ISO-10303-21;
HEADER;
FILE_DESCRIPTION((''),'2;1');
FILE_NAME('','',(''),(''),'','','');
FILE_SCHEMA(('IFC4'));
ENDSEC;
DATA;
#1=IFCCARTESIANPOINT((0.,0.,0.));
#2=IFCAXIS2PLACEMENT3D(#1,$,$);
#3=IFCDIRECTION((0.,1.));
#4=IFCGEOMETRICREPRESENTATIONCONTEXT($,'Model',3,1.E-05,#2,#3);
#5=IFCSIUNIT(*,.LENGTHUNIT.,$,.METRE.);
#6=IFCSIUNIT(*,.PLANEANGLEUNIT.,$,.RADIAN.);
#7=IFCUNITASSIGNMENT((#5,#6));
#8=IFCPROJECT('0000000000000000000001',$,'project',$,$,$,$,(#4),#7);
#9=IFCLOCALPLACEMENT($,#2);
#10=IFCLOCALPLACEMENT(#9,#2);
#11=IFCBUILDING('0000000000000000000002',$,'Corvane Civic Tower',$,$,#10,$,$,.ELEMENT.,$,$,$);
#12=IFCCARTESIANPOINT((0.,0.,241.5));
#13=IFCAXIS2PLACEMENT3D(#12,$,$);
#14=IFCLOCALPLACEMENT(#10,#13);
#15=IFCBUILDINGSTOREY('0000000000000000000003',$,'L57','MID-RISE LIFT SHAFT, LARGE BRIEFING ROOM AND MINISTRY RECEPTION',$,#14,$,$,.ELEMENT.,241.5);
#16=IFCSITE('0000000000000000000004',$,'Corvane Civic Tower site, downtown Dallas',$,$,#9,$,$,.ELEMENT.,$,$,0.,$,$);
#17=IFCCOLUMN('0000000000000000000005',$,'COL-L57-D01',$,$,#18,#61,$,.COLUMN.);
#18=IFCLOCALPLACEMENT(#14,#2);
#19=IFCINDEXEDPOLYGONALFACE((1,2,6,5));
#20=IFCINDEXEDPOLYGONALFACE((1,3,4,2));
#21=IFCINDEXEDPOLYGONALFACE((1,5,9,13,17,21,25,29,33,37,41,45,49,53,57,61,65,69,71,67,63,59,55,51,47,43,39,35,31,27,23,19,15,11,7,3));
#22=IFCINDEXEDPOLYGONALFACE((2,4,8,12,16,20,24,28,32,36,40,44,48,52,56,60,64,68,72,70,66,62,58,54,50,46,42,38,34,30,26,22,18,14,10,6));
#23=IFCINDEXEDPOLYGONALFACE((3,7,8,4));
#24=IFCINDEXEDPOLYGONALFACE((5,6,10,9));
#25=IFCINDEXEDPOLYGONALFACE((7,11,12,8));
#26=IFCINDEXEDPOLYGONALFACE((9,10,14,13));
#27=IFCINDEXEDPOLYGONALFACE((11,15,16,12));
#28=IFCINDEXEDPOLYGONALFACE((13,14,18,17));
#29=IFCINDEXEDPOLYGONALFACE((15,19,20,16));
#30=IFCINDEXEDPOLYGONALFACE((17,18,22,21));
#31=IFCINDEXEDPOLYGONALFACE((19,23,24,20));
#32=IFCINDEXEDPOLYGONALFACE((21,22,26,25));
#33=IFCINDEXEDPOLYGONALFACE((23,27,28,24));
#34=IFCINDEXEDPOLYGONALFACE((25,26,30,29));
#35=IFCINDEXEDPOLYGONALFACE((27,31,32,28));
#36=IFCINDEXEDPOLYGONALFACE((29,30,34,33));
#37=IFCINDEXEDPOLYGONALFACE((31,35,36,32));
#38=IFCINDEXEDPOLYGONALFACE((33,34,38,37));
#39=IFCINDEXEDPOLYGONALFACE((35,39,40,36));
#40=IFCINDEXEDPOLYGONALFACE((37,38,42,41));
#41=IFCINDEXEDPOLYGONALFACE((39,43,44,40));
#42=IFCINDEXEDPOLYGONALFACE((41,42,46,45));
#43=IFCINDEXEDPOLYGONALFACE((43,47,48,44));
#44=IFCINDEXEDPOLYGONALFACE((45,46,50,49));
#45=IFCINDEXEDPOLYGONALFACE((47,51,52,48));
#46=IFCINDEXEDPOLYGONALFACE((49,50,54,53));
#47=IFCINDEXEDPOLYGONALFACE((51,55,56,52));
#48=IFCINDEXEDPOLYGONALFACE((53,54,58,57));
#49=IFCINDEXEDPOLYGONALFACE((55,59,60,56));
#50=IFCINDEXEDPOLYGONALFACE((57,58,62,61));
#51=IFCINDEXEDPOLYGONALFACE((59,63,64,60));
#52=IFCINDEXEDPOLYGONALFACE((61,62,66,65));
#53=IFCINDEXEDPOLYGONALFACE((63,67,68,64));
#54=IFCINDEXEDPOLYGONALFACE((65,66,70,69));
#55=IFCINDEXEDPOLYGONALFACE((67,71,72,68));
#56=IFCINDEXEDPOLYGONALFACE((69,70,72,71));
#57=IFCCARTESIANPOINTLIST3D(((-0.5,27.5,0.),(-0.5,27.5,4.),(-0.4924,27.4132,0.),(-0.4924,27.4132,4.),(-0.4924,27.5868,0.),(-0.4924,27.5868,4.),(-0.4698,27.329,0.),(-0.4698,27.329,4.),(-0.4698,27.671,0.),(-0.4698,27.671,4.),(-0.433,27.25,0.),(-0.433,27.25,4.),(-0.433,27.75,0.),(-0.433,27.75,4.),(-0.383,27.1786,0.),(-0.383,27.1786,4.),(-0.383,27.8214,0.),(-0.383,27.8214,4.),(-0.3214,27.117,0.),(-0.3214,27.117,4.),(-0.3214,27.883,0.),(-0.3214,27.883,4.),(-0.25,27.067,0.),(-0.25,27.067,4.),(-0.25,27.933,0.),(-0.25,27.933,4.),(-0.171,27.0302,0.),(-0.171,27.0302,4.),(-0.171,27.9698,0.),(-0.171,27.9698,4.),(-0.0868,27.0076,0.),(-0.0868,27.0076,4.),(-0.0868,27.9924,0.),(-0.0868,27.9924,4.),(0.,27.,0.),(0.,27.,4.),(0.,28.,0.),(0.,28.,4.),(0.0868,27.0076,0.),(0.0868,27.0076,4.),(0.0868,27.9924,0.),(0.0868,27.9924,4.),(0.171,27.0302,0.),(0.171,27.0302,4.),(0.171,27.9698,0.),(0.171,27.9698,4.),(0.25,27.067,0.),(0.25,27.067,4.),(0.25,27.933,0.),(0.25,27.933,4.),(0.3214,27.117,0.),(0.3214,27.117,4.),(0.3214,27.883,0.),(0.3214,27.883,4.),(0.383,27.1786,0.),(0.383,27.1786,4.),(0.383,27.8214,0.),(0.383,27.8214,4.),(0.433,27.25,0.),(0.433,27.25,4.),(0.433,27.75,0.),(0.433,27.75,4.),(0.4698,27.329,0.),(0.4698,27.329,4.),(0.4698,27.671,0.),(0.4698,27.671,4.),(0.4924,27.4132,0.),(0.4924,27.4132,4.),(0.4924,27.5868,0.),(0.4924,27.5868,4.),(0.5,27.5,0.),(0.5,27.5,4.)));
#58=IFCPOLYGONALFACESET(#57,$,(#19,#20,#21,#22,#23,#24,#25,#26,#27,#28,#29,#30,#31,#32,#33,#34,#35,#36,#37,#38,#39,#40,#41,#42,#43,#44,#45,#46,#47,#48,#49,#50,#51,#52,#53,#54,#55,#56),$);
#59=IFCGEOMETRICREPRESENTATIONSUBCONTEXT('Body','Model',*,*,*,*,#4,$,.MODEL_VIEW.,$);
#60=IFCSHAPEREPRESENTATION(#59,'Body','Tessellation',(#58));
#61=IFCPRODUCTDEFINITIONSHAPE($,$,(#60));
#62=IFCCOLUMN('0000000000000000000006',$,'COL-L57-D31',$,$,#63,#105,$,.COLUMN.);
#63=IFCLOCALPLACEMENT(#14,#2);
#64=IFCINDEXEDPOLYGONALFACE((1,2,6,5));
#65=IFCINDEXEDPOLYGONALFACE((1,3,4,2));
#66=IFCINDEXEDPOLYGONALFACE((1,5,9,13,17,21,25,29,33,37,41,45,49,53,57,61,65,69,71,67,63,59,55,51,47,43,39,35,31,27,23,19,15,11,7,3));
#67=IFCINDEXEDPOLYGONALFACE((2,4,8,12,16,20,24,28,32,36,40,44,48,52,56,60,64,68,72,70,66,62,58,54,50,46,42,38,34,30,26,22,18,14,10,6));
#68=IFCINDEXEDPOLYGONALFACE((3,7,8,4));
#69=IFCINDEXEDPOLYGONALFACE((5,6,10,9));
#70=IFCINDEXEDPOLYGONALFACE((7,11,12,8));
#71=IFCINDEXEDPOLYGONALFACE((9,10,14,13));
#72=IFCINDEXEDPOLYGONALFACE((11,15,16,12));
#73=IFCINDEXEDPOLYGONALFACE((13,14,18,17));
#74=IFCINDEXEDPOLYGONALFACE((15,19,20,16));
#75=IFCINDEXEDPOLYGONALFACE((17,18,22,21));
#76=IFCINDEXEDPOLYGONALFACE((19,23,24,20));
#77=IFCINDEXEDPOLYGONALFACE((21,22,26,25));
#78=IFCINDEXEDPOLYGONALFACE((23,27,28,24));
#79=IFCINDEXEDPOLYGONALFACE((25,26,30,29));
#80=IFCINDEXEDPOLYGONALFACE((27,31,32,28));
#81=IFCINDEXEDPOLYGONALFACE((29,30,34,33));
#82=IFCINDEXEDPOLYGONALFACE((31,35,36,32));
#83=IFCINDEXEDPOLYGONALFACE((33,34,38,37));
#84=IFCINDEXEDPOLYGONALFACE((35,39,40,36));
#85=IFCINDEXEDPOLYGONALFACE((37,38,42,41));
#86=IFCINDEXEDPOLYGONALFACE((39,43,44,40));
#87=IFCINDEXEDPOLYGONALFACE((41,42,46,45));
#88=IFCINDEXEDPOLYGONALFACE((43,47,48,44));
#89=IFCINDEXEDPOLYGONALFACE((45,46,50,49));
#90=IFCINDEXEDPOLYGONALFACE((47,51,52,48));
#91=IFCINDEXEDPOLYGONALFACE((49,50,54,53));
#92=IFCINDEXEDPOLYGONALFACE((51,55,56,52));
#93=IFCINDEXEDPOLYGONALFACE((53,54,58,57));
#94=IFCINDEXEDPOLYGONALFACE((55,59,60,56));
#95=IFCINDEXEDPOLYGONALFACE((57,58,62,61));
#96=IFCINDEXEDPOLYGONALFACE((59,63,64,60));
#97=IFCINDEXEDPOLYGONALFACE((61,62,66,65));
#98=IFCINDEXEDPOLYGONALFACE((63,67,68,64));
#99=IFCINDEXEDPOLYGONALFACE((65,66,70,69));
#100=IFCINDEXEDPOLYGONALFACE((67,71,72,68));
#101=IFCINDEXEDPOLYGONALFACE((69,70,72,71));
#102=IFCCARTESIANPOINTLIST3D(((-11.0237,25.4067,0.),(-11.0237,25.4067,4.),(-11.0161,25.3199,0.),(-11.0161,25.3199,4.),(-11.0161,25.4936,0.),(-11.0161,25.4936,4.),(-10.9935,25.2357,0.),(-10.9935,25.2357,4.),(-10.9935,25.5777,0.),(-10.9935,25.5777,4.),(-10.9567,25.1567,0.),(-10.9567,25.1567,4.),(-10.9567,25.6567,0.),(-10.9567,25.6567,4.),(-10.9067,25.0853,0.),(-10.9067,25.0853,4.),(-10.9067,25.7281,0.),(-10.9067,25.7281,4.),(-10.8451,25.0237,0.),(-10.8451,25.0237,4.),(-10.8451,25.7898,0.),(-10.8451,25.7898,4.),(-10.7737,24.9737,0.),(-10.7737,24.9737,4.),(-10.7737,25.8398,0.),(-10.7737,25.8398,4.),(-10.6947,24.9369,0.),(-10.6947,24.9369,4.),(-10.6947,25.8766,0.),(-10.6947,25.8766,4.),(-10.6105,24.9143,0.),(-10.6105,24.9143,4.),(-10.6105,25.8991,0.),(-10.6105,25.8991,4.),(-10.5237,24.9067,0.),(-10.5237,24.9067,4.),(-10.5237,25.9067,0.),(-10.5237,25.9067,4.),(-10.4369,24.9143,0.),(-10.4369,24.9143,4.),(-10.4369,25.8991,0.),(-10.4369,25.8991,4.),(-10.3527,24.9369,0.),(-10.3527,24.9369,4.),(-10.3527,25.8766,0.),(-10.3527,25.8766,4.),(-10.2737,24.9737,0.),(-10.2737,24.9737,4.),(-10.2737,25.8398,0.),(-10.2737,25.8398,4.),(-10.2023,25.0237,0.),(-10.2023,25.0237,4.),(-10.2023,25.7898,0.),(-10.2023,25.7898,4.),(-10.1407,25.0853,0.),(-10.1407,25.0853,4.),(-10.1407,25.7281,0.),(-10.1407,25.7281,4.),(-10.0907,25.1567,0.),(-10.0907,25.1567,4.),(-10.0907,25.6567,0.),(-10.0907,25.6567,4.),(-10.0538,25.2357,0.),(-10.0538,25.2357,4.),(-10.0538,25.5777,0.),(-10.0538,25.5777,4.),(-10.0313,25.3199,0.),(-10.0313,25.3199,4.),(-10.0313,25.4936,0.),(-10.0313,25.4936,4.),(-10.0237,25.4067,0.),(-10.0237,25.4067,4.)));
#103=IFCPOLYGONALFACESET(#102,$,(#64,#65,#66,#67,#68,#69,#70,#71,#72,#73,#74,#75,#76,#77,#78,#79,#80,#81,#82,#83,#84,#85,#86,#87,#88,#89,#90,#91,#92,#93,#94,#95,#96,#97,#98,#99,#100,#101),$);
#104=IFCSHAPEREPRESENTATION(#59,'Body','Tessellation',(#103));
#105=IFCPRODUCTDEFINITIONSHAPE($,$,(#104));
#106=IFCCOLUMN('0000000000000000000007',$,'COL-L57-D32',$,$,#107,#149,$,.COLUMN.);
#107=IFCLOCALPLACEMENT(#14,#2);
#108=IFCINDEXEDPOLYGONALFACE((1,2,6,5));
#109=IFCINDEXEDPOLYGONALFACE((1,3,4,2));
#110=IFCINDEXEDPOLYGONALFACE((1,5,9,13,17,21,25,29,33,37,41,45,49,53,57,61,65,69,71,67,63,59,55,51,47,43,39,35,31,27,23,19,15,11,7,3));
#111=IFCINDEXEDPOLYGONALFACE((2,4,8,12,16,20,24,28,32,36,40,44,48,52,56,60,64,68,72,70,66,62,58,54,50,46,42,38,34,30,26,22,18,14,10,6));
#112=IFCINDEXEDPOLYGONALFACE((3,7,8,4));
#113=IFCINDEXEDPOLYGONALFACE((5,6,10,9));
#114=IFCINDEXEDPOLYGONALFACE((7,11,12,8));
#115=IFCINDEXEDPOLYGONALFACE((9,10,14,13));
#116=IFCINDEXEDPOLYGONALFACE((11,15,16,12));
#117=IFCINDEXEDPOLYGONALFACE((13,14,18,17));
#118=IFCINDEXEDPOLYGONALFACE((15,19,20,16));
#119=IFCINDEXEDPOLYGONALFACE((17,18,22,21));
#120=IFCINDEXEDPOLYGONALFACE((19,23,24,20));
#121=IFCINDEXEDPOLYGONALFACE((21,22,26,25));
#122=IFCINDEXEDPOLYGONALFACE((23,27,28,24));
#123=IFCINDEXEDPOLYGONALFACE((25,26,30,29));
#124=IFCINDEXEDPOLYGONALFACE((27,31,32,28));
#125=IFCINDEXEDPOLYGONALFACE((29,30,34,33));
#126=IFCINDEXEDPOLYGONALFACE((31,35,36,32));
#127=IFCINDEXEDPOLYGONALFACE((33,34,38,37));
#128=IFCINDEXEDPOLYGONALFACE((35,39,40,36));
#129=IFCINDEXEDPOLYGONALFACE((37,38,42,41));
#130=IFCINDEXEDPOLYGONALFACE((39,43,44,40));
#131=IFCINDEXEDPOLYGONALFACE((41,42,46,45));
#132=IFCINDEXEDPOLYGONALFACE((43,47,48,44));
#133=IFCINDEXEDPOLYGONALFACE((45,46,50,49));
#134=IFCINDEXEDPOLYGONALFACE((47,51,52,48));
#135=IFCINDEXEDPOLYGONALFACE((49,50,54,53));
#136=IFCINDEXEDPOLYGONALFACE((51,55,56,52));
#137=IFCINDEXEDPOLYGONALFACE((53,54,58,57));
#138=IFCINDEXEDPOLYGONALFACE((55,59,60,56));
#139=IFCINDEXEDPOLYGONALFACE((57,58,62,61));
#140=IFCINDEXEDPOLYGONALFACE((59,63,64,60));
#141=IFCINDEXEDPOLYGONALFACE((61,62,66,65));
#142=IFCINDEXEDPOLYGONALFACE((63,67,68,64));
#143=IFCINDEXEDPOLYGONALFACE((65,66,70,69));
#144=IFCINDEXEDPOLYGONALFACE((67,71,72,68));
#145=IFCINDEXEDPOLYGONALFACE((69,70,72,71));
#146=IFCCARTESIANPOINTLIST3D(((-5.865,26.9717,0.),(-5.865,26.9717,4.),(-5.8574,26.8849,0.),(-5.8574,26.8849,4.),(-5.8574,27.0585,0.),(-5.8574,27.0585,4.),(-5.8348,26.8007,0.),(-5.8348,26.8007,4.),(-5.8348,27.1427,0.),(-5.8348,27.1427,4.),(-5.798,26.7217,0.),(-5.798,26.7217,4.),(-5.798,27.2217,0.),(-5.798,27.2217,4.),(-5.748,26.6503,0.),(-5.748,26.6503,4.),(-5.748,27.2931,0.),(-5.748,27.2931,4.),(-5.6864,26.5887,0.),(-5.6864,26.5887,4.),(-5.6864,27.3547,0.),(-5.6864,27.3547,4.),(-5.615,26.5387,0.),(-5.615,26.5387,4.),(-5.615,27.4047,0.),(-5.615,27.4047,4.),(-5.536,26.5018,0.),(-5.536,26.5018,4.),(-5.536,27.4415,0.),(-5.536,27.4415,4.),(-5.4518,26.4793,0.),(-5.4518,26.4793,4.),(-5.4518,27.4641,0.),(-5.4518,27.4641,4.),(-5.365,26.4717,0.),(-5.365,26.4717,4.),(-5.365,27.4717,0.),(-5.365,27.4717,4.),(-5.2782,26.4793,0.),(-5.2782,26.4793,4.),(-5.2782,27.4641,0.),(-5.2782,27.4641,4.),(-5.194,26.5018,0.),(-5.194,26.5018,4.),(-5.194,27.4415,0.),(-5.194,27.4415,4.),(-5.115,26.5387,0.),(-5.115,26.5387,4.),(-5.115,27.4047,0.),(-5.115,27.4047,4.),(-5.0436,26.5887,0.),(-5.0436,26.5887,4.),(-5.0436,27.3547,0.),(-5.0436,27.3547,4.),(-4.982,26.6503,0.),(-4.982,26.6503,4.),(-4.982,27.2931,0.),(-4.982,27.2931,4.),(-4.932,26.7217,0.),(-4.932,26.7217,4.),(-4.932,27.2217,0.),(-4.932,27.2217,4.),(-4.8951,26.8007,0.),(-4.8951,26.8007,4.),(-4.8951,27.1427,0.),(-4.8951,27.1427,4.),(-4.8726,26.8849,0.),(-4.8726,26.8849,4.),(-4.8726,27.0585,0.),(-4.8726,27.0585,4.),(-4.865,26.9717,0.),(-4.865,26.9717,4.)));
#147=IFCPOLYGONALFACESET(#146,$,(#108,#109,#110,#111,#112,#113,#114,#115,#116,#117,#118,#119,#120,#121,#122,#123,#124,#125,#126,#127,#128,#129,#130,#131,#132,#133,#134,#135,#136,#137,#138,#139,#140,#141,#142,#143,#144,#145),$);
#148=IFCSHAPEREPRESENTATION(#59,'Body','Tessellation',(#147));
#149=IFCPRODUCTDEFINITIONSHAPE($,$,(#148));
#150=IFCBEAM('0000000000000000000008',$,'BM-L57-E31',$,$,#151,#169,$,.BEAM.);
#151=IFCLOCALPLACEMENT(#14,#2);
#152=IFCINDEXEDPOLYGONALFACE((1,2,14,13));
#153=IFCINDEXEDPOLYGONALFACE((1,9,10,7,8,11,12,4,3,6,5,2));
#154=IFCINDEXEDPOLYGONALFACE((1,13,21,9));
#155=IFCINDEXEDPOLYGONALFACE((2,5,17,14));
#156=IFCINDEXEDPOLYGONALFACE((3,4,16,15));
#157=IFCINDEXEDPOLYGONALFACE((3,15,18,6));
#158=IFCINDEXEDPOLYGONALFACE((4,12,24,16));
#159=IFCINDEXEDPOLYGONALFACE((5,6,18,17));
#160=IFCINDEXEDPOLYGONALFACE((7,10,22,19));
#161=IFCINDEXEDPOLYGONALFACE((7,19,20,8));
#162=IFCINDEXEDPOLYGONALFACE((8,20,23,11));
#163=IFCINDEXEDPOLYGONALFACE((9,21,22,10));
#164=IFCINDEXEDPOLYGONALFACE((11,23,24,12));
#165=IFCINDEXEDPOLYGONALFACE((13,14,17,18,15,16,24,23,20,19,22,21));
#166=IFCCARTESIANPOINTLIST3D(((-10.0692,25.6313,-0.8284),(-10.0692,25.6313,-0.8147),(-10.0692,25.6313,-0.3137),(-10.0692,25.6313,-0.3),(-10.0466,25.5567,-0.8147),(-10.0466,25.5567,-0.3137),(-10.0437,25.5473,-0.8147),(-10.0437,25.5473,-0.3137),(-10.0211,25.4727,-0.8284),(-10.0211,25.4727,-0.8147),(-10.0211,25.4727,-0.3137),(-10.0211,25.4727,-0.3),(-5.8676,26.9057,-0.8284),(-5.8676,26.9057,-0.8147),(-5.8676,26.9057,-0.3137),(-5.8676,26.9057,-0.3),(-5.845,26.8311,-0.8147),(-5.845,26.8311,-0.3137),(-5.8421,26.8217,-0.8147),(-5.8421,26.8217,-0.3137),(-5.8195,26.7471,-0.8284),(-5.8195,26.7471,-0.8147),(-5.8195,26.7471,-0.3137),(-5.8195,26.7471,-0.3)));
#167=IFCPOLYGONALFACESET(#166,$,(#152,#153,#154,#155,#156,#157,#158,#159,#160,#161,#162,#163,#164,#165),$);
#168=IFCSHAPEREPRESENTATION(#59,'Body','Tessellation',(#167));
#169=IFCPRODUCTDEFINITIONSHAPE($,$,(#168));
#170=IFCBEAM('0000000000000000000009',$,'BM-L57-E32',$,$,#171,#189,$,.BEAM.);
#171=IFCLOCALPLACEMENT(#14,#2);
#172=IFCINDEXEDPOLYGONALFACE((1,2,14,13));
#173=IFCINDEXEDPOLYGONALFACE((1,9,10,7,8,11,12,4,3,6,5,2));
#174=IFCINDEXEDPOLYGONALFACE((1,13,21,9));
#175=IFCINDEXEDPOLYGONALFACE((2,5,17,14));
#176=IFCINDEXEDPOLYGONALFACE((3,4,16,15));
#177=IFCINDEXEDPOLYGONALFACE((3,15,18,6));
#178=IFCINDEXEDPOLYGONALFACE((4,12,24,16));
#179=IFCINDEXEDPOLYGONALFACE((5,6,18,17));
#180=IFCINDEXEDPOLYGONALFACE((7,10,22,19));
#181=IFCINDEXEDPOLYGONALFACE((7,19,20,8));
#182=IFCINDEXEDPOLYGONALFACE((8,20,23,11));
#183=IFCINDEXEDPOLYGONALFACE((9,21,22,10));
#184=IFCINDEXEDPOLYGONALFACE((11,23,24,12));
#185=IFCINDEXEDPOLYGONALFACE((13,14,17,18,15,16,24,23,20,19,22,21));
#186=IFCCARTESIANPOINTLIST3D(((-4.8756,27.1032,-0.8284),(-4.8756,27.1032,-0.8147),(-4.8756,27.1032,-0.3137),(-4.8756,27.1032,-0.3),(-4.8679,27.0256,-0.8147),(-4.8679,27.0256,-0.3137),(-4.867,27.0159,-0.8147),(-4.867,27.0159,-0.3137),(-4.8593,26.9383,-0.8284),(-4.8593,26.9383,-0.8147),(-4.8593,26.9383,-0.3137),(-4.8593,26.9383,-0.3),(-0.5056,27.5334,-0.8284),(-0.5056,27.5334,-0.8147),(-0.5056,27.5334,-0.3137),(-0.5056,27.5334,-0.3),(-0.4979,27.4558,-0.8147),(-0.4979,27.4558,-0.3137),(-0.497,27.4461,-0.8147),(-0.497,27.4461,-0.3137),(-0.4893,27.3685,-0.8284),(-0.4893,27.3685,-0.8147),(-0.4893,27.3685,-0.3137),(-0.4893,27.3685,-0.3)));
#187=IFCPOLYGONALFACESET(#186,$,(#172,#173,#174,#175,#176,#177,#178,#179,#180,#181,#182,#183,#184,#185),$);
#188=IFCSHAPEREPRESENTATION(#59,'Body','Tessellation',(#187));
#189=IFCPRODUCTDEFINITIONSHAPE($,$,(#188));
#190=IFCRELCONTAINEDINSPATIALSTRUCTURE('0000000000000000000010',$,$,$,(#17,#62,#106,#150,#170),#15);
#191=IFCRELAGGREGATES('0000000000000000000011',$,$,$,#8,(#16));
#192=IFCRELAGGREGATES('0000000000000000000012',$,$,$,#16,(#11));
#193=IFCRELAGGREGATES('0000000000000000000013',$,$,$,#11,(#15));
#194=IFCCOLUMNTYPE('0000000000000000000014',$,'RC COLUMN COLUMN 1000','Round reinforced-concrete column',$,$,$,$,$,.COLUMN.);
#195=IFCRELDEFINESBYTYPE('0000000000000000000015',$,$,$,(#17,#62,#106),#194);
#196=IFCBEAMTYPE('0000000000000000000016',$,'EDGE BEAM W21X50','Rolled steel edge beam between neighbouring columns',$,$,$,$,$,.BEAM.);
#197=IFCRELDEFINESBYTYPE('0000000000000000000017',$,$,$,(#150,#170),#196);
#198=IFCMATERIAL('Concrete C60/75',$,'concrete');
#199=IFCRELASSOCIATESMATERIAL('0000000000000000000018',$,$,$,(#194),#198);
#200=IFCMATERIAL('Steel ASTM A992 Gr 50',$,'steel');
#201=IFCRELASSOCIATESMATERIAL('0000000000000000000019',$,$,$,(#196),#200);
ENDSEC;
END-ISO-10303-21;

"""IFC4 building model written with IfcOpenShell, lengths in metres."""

from ifc_helpers import new_model, si_unit, direction, frame, origin, origin_2d, place, context, subcontext, project, spatial, circle, i_section, extrude, material, material_profile, profile_set, type_object, element, save


model = new_model("IFC4")

# Units and contexts
model_context = context("Model", 3, precision=1e-05, world=origin(), true_north=direction((0.0, 1.0)))
body_context = subcontext(model_context, "Body", "Model", "MODEL_VIEW")
ifc_project = project(units=[si_unit("LENGTHUNIT", "METRE"), si_unit("PLANEANGLEUNIT", "RADIAN")], contexts=[model_context])

# Site, building, storey
site_placement = place(None, origin())
site = spatial("IfcSite", under=ifc_project, at=site_placement, Name="Corvane Civic Tower site, downtown Dallas", CompositionType="ELEMENT", RefElevation=0.0)
building_placement = place(site_placement, origin())
building = spatial("IfcBuilding", under=site, at=building_placement, Name="Corvane Civic Tower", CompositionType="ELEMENT")
storey_placement = place(building_placement, frame((0.0, 0.0, 241.5)))
storey = spatial("IfcBuildingStorey", under=building, at=storey_placement, Name="L57", Description="MID-RISE LIFT SHAFT, LARGE BRIEFING ROOM AND MINISTRY RECEPTION", CompositionType="ELEMENT", Elevation=241.5)

# Columns
ifc_material_1 = material(Name="Concrete C60/75", Category="concrete")
ifc_material_profile_1 = material_profile(ifc_material_1, circle(Radius=0.5, at=origin_2d()), Name="COLUMN 1000")
ifc_profile_set_1 = profile_set([ifc_material_profile_1], Name="Concrete C60/75")
column_type = type_object("IfcColumnType", Name="RC COLUMN COLUMN 1000", Description="Round reinforced-concrete column", PredefinedType="COLUMN", material=ifc_profile_set_1)
for number, where, z_axis, x_axis, name in (
    (1, (0.0, 27.5, 0.0), (0.0, 0.0, 1.0), (1.0, 0.0, 0.0), "COL-L57-D01"),
    (2, (-10.5237, 25.4067, 0.0), (0.0, 0.0, 1.0), (1.0, 0.0, 0.0), "COL-L57-D31"),
    (3, (-5.365, 26.9717, 0.0), (0.0, 0.0, 1.0), (1.0, 0.0, 0.0), "COL-L57-D32"),
):
    element("IfcColumn", number, at=place(storey_placement, frame(where, z_axis=z_axis, x_axis=x_axis)), inside=storey, type_object=column_type, Name=name, PredefinedType="COLUMN", context=body_context, shape_type="SweptSolid", body=[
        extrude(circle(Radius=0.5, at=origin_2d()), origin(), (0.0, 0.0, 1.0), 4.0),
    ])

# Beams
ifc_material_2 = material(Name="Steel ASTM A992 Gr 50", Category="steel")
ifc_material_profile_2 = material_profile(ifc_material_2, i_section(OverallWidth=0.1658, OverallDepth=0.5283, WebThickness=0.0098, FlangeThickness=0.0137, at=origin_2d()), Name="W21X50")
ifc_profile_set_2 = profile_set([ifc_material_profile_2], Name="Steel ASTM A992 Gr 50")
beam_type_1 = type_object("IfcBeamType", Name="EDGE BEAM W21X50", Description="Rolled steel edge beam between neighbouring columns", PredefinedType="BEAM", material=ifc_profile_set_2)
beam_1_placement = place(storey_placement, frame((-10.0452, 25.552, -0.5642), z_axis=(0.95695, 0.290254, 0.0), x_axis=(-0.290254, 0.95695, 0.0)))
element("IfcBeam", 4, at=beam_1_placement, inside=storey, type_object=beam_type_1, Name="BM-L57-E31", PredefinedType="BEAM", context=body_context, shape_type="SweptSolid", body=[
    extrude(i_section(OverallWidth=0.1658, OverallDepth=0.5283, WebThickness=0.0098, FlangeThickness=0.0137, at=origin_2d()), origin(), (0.0, 0.0, 1.0), 4.3906),
])
beam_2_placement = place(storey_placement, frame((-4.8674, 27.0208, -0.5642), z_axis=(0.99519, 0.097968, 0.0), x_axis=(-0.097968, 0.99519, 0.0)))
element("IfcBeam", 5, at=beam_2_placement, inside=storey, type_object=beam_type_1, Name="BM-L57-E32", PredefinedType="BEAM", context=body_context, shape_type="SweptSolid", body=[
    extrude(i_section(OverallWidth=0.1658, OverallDepth=0.5283, WebThickness=0.0098, FlangeThickness=0.0137, at=origin_2d()), origin(), (0.0, 0.0, 1.0), 4.3911),
])

save(model, "model.ifc")
